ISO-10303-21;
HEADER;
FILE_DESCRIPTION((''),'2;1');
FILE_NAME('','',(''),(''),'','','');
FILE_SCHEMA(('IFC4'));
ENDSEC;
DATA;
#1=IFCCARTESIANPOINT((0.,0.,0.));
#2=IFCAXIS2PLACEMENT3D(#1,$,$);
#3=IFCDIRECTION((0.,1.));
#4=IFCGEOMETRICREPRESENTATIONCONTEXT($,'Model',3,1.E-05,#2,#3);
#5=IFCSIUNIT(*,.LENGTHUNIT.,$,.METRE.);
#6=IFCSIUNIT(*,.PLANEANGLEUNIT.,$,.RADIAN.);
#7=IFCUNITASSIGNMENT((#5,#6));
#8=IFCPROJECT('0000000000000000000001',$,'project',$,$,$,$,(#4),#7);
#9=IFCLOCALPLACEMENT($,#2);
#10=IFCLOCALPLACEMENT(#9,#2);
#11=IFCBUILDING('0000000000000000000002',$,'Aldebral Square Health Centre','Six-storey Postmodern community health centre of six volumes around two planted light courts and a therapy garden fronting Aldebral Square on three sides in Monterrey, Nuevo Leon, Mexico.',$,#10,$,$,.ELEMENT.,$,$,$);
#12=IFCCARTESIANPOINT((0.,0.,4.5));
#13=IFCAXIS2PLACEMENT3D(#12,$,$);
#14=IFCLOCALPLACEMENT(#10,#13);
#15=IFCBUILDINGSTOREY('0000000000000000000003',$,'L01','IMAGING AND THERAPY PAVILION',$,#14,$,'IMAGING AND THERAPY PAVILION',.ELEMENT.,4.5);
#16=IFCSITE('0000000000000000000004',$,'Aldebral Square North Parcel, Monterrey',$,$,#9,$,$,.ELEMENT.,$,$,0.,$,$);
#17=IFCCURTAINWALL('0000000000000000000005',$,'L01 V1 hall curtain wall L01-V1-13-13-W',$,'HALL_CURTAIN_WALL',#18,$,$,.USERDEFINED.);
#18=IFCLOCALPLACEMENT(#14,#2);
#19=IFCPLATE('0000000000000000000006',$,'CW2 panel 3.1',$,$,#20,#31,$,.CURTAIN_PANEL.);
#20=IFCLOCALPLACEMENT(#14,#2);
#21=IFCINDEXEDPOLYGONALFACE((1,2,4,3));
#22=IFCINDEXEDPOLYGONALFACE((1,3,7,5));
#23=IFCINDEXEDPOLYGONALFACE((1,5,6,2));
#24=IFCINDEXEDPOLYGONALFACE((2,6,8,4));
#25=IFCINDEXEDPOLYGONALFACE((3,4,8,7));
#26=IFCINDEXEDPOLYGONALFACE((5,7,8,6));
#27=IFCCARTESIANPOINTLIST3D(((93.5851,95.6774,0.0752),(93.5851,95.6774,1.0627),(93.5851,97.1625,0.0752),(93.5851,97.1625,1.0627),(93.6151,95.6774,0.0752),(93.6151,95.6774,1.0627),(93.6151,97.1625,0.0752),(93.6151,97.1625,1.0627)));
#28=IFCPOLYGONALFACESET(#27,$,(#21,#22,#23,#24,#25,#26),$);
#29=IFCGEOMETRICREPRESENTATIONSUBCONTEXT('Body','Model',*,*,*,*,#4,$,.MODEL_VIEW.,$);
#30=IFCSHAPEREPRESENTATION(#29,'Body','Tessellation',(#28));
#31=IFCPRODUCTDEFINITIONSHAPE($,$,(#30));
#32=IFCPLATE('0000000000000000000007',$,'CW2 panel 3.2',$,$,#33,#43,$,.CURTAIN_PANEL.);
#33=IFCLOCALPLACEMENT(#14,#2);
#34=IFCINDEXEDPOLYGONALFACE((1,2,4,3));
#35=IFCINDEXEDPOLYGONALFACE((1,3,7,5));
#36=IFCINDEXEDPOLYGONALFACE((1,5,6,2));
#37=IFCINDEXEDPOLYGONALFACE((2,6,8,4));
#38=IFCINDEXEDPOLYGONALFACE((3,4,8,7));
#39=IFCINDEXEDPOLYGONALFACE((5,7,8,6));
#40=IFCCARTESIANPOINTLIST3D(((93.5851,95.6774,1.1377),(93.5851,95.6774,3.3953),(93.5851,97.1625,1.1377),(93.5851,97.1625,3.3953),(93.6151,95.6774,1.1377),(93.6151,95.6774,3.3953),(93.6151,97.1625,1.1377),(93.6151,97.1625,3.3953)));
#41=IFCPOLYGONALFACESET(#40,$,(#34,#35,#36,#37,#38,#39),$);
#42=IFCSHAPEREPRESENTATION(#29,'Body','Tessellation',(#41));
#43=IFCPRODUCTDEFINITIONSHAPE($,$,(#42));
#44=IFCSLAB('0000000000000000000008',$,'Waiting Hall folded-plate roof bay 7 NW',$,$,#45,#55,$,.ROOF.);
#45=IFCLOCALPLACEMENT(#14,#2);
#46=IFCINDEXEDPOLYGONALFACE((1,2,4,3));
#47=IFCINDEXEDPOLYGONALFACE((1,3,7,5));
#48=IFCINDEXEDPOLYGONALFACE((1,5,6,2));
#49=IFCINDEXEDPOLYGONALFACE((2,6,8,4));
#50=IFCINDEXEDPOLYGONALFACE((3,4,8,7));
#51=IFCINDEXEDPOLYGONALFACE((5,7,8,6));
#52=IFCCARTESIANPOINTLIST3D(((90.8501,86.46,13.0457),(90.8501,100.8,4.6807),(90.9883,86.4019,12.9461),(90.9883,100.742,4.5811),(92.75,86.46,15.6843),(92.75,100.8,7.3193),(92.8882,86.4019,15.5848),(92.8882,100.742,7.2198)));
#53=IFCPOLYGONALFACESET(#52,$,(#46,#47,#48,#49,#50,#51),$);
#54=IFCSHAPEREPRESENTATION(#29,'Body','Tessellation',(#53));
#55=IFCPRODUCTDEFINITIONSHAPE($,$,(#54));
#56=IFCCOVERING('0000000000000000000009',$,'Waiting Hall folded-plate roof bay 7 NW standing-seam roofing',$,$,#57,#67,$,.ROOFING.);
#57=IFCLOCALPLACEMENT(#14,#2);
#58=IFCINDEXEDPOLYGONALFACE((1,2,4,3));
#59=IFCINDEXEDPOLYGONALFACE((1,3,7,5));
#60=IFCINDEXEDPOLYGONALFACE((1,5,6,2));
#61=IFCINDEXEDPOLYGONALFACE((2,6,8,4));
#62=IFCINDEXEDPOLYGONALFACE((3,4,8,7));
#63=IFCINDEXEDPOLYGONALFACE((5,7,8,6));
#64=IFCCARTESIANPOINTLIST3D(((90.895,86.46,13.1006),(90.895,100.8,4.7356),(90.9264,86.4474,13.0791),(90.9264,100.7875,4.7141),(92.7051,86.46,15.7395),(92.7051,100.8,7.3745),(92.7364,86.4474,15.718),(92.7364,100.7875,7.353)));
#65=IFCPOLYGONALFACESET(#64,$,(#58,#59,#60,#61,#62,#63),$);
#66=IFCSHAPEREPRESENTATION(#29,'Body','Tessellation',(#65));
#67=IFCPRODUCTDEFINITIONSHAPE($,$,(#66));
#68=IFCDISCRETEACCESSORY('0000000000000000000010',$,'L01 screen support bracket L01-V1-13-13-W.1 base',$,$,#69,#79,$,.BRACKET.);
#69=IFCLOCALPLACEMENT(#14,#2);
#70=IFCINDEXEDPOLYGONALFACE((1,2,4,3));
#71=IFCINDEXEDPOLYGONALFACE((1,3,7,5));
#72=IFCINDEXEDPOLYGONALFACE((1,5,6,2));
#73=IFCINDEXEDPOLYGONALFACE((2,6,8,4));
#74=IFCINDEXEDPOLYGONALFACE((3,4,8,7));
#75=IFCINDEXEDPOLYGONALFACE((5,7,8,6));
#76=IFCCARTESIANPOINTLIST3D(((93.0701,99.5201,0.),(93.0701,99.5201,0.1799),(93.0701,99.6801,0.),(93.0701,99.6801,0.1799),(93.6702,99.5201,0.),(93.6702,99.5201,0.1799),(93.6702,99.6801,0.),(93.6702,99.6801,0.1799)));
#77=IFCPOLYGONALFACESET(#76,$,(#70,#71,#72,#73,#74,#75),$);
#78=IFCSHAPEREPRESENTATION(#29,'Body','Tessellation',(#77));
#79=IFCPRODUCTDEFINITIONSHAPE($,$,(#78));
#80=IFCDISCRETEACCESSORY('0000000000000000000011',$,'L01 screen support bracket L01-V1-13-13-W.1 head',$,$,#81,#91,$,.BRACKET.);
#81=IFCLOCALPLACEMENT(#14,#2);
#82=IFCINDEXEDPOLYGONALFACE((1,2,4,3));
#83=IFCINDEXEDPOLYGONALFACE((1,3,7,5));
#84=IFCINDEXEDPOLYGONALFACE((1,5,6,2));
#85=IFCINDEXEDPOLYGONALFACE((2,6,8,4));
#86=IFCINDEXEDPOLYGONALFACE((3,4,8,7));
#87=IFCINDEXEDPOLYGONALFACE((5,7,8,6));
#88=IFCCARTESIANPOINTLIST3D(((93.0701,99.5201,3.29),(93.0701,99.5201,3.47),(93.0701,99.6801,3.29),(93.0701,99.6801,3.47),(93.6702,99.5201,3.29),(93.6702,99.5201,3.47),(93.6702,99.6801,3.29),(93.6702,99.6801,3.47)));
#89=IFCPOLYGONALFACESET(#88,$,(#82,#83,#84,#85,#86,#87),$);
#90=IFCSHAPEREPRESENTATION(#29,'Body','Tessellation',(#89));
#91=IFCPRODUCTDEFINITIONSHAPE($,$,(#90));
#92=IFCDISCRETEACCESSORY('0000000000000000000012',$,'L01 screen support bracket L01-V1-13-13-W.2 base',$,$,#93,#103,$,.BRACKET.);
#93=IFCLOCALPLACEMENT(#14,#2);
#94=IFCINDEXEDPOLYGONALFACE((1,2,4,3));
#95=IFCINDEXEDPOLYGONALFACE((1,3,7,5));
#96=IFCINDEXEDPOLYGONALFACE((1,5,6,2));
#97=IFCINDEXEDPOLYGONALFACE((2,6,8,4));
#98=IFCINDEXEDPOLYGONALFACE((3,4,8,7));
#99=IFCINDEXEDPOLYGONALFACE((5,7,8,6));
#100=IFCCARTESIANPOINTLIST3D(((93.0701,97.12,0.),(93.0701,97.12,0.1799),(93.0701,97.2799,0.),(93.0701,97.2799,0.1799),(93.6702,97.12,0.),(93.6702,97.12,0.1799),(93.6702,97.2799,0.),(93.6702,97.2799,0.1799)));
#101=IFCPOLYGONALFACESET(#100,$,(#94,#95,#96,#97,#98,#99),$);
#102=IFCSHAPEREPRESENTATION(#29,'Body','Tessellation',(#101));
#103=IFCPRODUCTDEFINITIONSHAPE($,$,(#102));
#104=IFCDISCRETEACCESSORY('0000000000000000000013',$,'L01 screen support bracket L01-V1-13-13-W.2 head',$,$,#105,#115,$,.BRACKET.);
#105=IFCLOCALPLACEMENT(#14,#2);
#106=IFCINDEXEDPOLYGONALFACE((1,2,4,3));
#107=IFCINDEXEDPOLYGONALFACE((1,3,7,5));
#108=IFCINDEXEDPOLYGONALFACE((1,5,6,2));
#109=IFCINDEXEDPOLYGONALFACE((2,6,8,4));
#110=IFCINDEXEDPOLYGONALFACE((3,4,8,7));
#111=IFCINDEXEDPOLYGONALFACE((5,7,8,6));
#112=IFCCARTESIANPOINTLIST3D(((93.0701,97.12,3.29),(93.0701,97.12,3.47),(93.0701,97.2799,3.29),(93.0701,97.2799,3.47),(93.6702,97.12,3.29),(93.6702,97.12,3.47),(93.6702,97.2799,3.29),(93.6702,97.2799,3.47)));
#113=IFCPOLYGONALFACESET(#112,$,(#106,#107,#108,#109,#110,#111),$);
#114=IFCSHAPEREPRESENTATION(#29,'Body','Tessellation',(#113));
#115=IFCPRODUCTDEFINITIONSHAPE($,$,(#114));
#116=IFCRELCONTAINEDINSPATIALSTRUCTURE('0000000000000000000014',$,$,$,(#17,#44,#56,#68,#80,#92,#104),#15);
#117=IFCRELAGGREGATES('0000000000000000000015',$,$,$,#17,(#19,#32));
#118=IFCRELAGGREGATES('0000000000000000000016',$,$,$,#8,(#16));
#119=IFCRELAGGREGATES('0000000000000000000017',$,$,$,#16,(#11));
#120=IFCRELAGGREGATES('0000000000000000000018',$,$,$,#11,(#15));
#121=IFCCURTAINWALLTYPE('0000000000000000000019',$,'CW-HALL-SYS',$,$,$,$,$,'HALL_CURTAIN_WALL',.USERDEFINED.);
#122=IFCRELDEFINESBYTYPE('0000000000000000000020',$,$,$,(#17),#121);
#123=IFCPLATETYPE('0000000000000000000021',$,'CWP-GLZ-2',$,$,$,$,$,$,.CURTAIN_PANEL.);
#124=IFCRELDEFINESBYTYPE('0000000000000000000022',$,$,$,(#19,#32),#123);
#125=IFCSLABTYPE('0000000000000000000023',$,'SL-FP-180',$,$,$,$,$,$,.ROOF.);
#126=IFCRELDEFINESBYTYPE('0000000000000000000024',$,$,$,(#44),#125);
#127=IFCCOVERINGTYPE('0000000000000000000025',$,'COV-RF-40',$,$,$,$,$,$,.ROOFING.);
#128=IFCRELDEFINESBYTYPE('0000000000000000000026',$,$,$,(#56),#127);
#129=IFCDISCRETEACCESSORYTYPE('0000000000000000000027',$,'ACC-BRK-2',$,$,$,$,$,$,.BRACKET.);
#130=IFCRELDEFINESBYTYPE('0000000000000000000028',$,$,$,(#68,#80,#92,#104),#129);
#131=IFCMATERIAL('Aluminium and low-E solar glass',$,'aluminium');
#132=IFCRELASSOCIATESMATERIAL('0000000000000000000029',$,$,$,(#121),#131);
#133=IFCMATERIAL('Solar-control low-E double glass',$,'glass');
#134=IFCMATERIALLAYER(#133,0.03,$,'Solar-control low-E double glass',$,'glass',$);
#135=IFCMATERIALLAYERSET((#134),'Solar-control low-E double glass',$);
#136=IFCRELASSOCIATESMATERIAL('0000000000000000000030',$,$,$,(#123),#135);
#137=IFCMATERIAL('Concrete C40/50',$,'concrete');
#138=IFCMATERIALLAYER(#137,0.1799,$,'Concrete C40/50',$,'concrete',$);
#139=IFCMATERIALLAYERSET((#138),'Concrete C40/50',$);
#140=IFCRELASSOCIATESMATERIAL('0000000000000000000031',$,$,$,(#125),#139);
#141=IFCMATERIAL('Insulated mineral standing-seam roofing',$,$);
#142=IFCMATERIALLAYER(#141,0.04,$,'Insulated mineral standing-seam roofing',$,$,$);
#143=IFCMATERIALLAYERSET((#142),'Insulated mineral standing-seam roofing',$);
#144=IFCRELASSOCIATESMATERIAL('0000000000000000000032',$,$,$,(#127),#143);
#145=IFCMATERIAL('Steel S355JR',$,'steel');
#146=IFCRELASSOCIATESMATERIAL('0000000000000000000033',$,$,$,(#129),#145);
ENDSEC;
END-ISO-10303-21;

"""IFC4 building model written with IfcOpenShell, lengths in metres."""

from ifc_helpers import new_model, si_unit, direction, frame, origin, origin_2d, place, context, subcontext, project, spatial, polyline, rectangle, outline, extrude, material, layer, layer_set, type_object, element, aggregate, save


model = new_model("IFC4")

# Units and contexts
model_context = context("Model", 3, precision=1e-05, world=origin(), true_north=direction((0.0, 1.0)))
body_context = subcontext(model_context, "Body", "Model", "MODEL_VIEW")
ifc_project = project(units=[si_unit("LENGTHUNIT", "METRE"), si_unit("PLANEANGLEUNIT", "RADIAN")], contexts=[model_context])

# Site, building, storey
site_placement = place(None, origin())
site = spatial("IfcSite", under=ifc_project, at=site_placement, Name="Aldebral Square North Parcel, Monterrey", CompositionType="ELEMENT", RefElevation=0.0)
building_placement = place(site_placement, origin())
building = spatial("IfcBuilding", under=site, at=building_placement, Name="Aldebral Square Health Centre", Description="Six-storey Postmodern community health centre of six volumes around two planted light courts and a therapy garden fronting Aldebral Square on three sides in Monterrey, Nuevo Leon, Mexico.", CompositionType="ELEMENT")
storey_placement = place(building_placement, frame((0.0, 0.0, 4.5)))
storey = spatial("IfcBuildingStorey", under=building, at=storey_placement, Name="L01", Description="IMAGING AND THERAPY PAVILION", LongName="IMAGING AND THERAPY PAVILION", CompositionType="ELEMENT", Elevation=4.5)

# Shared definitions
ifc_material_1 = material(Name="Concrete C40/50", Category="concrete")

# Curtain wall, plates
ifc_material_2 = material(Name="Aluminium and low-E solar glass", Category="aluminium")
curtain_wall_type = type_object("IfcCurtainWallType", Name="CW-HALL-SYS", ElementType="HALL_CURTAIN_WALL", PredefinedType="USERDEFINED", material=ifc_material_2)
curtain_wall_placement = place(storey_placement, origin())
curtain_wall = element("IfcCurtainWall", 1, at=curtain_wall_placement, inside=storey, type_object=curtain_wall_type, Name="L01 V1 hall curtain wall L01-V1-13-13-W", ObjectType="HALL_CURTAIN_WALL", PredefinedType="USERDEFINED")
ifc_material_3 = material(Name="Solar-control low-E double glass", Category="glass")
ifc_layer_1 = layer(ifc_material_3, 0.03, Name="Solar-control low-E double glass", Category="glass")
ifc_layer_set_1 = layer_set([ifc_layer_1], Name="Solar-control low-E double glass")
plate_type = type_object("IfcPlateType", Name="CWP-GLZ-2", PredefinedType="CURTAIN_PANEL", material=ifc_layer_set_1)
plate_1_placement = place(storey_placement, frame((93.6001, 96.4199, 0.0752), z_axis=(0.0, 0.0, 1.0), x_axis=(0.0, -1.0, 0.0)))
plate_1 = element("IfcPlate", 2, at=plate_1_placement, type_object=plate_type, Name="CW2 panel 3.1", PredefinedType="CURTAIN_PANEL", context=body_context, shape_type="SweptSolid", body=[
    extrude(rectangle(XDim=1.4851, YDim=0.03, at=origin_2d()), origin(), (0.0, 0.0, 1.0), 0.9875),
])
plate_2_placement = place(storey_placement, frame((93.6001, 96.4199, 1.1377), z_axis=(0.0, 0.0, 1.0), x_axis=(0.0, -1.0, 0.0)))
plate_2 = element("IfcPlate", 3, at=plate_2_placement, type_object=plate_type, Name="CW2 panel 3.2", PredefinedType="CURTAIN_PANEL", context=body_context, shape_type="SweptSolid", body=[
    extrude(rectangle(XDim=1.4851, YDim=0.03, at=origin_2d()), origin(), (0.0, 0.0, 1.0), 2.2576),
])
aggregate(curtain_wall, [plate_1, plate_2])

# Slab
ifc_layer_2 = layer(ifc_material_1, 0.1799, Name="Concrete C40/50", Category="concrete")
ifc_layer_set_2 = layer_set([ifc_layer_2], Name="Concrete C40/50")
slab_type = type_object("IfcSlabType", Name="SL-FP-180", PredefinedType="ROOF", material=ifc_layer_set_2)
slab_placement = place(storey_placement, frame((92.75, 100.8, 7.3193), z_axis=(-0.768132, 0.322623, 0.553072), x_axis=(-0.584317, 0.0, -0.811526)))
element("IfcSlab", 4, at=slab_placement, inside=storey, type_object=slab_type, Name="Waiting Hall folded-plate roof bay 7 NW", PredefinedType="ROOF", context=body_context, shape_type="SweptSolid", body=[
    extrude(outline(polyline([(0.0, 0.0), (3.2515, 0.0), (-3.5369, 15.1502), (-6.7884, 15.1502), (0.0, 0.0)])), origin(), (0.0, 0.0, -1.0), 0.1799),
])

# Covering
ifc_material_4 = material(Name="Insulated mineral standing-seam roofing")
ifc_layer_3 = layer(ifc_material_4, 0.04, Name="Insulated mineral standing-seam roofing")
ifc_layer_set_3 = layer_set([ifc_layer_3], Name="Insulated mineral standing-seam roofing")
covering_type_1 = type_object("IfcCoveringType", Name="COV-RF-40", PredefinedType="ROOFING", material=ifc_layer_set_3)
covering_1_placement = place(storey_placement, frame((92.7051, 100.8, 7.3745), z_axis=(-0.783126, 0.313337, 0.537154), x_axis=(-0.565638, 0.0, -0.824654)))
element("IfcCovering", 5, at=covering_1_placement, inside=storey, type_object=covering_type_1, Name="Waiting Hall folded-plate roof bay 7 NW standing-seam roofing", PredefinedType="ROOFING", context=body_context, shape_type="SweptSolid", body=[
    extrude(outline(polyline([(0.0, 0.0), (3.2, 0.0), (-3.6982, 15.1005), (-6.8982, 15.1005), (0.0, 0.0)])), origin(), (0.0, 0.0, -1.0), 0.04),
])

# Discrete accessories
ifc_material_5 = material(Name="Steel S355JR", Category="steel")
discrete_accessory_type = type_object("IfcDiscreteAccessoryType", Name="ACC-BRK-2", PredefinedType="BRACKET", material=ifc_material_5)
for number, where, z_axis, x_axis, name in (
    (6, (93.3701, 99.6001, 0.0), (0.0, 0.0, 1.0), (0.0, 1.0, 0.0), "L01 screen support bracket L01-V1-13-13-W.1 base"),
    (7, (93.3701, 99.6001, 3.29), (0.0, 0.0, 1.0), (0.0, 1.0, 0.0), "L01 screen support bracket L01-V1-13-13-W.1 head"),
    (8, (93.3701, 97.2, 0.0), (0.0, 0.0, 1.0), (0.0, 1.0, 0.0), "L01 screen support bracket L01-V1-13-13-W.2 base"),
    (9, (93.3701, 97.2, 3.29), (0.0, 0.0, 1.0), (0.0, 1.0, 0.0), "L01 screen support bracket L01-V1-13-13-W.2 head"),
):
    element("IfcDiscreteAccessory", number, at=place(storey_placement, frame(where, z_axis=z_axis, x_axis=x_axis)), inside=storey, type_object=discrete_accessory_type, Name=name, PredefinedType="BRACKET", context=body_context, shape_type="SweptSolid", body=[
        extrude(rectangle(XDim=0.1599, YDim=0.6001, at=origin_2d()), origin(), (0.0, 0.0, 1.0), 0.1799),
    ])

save(model, "model.ifc")
